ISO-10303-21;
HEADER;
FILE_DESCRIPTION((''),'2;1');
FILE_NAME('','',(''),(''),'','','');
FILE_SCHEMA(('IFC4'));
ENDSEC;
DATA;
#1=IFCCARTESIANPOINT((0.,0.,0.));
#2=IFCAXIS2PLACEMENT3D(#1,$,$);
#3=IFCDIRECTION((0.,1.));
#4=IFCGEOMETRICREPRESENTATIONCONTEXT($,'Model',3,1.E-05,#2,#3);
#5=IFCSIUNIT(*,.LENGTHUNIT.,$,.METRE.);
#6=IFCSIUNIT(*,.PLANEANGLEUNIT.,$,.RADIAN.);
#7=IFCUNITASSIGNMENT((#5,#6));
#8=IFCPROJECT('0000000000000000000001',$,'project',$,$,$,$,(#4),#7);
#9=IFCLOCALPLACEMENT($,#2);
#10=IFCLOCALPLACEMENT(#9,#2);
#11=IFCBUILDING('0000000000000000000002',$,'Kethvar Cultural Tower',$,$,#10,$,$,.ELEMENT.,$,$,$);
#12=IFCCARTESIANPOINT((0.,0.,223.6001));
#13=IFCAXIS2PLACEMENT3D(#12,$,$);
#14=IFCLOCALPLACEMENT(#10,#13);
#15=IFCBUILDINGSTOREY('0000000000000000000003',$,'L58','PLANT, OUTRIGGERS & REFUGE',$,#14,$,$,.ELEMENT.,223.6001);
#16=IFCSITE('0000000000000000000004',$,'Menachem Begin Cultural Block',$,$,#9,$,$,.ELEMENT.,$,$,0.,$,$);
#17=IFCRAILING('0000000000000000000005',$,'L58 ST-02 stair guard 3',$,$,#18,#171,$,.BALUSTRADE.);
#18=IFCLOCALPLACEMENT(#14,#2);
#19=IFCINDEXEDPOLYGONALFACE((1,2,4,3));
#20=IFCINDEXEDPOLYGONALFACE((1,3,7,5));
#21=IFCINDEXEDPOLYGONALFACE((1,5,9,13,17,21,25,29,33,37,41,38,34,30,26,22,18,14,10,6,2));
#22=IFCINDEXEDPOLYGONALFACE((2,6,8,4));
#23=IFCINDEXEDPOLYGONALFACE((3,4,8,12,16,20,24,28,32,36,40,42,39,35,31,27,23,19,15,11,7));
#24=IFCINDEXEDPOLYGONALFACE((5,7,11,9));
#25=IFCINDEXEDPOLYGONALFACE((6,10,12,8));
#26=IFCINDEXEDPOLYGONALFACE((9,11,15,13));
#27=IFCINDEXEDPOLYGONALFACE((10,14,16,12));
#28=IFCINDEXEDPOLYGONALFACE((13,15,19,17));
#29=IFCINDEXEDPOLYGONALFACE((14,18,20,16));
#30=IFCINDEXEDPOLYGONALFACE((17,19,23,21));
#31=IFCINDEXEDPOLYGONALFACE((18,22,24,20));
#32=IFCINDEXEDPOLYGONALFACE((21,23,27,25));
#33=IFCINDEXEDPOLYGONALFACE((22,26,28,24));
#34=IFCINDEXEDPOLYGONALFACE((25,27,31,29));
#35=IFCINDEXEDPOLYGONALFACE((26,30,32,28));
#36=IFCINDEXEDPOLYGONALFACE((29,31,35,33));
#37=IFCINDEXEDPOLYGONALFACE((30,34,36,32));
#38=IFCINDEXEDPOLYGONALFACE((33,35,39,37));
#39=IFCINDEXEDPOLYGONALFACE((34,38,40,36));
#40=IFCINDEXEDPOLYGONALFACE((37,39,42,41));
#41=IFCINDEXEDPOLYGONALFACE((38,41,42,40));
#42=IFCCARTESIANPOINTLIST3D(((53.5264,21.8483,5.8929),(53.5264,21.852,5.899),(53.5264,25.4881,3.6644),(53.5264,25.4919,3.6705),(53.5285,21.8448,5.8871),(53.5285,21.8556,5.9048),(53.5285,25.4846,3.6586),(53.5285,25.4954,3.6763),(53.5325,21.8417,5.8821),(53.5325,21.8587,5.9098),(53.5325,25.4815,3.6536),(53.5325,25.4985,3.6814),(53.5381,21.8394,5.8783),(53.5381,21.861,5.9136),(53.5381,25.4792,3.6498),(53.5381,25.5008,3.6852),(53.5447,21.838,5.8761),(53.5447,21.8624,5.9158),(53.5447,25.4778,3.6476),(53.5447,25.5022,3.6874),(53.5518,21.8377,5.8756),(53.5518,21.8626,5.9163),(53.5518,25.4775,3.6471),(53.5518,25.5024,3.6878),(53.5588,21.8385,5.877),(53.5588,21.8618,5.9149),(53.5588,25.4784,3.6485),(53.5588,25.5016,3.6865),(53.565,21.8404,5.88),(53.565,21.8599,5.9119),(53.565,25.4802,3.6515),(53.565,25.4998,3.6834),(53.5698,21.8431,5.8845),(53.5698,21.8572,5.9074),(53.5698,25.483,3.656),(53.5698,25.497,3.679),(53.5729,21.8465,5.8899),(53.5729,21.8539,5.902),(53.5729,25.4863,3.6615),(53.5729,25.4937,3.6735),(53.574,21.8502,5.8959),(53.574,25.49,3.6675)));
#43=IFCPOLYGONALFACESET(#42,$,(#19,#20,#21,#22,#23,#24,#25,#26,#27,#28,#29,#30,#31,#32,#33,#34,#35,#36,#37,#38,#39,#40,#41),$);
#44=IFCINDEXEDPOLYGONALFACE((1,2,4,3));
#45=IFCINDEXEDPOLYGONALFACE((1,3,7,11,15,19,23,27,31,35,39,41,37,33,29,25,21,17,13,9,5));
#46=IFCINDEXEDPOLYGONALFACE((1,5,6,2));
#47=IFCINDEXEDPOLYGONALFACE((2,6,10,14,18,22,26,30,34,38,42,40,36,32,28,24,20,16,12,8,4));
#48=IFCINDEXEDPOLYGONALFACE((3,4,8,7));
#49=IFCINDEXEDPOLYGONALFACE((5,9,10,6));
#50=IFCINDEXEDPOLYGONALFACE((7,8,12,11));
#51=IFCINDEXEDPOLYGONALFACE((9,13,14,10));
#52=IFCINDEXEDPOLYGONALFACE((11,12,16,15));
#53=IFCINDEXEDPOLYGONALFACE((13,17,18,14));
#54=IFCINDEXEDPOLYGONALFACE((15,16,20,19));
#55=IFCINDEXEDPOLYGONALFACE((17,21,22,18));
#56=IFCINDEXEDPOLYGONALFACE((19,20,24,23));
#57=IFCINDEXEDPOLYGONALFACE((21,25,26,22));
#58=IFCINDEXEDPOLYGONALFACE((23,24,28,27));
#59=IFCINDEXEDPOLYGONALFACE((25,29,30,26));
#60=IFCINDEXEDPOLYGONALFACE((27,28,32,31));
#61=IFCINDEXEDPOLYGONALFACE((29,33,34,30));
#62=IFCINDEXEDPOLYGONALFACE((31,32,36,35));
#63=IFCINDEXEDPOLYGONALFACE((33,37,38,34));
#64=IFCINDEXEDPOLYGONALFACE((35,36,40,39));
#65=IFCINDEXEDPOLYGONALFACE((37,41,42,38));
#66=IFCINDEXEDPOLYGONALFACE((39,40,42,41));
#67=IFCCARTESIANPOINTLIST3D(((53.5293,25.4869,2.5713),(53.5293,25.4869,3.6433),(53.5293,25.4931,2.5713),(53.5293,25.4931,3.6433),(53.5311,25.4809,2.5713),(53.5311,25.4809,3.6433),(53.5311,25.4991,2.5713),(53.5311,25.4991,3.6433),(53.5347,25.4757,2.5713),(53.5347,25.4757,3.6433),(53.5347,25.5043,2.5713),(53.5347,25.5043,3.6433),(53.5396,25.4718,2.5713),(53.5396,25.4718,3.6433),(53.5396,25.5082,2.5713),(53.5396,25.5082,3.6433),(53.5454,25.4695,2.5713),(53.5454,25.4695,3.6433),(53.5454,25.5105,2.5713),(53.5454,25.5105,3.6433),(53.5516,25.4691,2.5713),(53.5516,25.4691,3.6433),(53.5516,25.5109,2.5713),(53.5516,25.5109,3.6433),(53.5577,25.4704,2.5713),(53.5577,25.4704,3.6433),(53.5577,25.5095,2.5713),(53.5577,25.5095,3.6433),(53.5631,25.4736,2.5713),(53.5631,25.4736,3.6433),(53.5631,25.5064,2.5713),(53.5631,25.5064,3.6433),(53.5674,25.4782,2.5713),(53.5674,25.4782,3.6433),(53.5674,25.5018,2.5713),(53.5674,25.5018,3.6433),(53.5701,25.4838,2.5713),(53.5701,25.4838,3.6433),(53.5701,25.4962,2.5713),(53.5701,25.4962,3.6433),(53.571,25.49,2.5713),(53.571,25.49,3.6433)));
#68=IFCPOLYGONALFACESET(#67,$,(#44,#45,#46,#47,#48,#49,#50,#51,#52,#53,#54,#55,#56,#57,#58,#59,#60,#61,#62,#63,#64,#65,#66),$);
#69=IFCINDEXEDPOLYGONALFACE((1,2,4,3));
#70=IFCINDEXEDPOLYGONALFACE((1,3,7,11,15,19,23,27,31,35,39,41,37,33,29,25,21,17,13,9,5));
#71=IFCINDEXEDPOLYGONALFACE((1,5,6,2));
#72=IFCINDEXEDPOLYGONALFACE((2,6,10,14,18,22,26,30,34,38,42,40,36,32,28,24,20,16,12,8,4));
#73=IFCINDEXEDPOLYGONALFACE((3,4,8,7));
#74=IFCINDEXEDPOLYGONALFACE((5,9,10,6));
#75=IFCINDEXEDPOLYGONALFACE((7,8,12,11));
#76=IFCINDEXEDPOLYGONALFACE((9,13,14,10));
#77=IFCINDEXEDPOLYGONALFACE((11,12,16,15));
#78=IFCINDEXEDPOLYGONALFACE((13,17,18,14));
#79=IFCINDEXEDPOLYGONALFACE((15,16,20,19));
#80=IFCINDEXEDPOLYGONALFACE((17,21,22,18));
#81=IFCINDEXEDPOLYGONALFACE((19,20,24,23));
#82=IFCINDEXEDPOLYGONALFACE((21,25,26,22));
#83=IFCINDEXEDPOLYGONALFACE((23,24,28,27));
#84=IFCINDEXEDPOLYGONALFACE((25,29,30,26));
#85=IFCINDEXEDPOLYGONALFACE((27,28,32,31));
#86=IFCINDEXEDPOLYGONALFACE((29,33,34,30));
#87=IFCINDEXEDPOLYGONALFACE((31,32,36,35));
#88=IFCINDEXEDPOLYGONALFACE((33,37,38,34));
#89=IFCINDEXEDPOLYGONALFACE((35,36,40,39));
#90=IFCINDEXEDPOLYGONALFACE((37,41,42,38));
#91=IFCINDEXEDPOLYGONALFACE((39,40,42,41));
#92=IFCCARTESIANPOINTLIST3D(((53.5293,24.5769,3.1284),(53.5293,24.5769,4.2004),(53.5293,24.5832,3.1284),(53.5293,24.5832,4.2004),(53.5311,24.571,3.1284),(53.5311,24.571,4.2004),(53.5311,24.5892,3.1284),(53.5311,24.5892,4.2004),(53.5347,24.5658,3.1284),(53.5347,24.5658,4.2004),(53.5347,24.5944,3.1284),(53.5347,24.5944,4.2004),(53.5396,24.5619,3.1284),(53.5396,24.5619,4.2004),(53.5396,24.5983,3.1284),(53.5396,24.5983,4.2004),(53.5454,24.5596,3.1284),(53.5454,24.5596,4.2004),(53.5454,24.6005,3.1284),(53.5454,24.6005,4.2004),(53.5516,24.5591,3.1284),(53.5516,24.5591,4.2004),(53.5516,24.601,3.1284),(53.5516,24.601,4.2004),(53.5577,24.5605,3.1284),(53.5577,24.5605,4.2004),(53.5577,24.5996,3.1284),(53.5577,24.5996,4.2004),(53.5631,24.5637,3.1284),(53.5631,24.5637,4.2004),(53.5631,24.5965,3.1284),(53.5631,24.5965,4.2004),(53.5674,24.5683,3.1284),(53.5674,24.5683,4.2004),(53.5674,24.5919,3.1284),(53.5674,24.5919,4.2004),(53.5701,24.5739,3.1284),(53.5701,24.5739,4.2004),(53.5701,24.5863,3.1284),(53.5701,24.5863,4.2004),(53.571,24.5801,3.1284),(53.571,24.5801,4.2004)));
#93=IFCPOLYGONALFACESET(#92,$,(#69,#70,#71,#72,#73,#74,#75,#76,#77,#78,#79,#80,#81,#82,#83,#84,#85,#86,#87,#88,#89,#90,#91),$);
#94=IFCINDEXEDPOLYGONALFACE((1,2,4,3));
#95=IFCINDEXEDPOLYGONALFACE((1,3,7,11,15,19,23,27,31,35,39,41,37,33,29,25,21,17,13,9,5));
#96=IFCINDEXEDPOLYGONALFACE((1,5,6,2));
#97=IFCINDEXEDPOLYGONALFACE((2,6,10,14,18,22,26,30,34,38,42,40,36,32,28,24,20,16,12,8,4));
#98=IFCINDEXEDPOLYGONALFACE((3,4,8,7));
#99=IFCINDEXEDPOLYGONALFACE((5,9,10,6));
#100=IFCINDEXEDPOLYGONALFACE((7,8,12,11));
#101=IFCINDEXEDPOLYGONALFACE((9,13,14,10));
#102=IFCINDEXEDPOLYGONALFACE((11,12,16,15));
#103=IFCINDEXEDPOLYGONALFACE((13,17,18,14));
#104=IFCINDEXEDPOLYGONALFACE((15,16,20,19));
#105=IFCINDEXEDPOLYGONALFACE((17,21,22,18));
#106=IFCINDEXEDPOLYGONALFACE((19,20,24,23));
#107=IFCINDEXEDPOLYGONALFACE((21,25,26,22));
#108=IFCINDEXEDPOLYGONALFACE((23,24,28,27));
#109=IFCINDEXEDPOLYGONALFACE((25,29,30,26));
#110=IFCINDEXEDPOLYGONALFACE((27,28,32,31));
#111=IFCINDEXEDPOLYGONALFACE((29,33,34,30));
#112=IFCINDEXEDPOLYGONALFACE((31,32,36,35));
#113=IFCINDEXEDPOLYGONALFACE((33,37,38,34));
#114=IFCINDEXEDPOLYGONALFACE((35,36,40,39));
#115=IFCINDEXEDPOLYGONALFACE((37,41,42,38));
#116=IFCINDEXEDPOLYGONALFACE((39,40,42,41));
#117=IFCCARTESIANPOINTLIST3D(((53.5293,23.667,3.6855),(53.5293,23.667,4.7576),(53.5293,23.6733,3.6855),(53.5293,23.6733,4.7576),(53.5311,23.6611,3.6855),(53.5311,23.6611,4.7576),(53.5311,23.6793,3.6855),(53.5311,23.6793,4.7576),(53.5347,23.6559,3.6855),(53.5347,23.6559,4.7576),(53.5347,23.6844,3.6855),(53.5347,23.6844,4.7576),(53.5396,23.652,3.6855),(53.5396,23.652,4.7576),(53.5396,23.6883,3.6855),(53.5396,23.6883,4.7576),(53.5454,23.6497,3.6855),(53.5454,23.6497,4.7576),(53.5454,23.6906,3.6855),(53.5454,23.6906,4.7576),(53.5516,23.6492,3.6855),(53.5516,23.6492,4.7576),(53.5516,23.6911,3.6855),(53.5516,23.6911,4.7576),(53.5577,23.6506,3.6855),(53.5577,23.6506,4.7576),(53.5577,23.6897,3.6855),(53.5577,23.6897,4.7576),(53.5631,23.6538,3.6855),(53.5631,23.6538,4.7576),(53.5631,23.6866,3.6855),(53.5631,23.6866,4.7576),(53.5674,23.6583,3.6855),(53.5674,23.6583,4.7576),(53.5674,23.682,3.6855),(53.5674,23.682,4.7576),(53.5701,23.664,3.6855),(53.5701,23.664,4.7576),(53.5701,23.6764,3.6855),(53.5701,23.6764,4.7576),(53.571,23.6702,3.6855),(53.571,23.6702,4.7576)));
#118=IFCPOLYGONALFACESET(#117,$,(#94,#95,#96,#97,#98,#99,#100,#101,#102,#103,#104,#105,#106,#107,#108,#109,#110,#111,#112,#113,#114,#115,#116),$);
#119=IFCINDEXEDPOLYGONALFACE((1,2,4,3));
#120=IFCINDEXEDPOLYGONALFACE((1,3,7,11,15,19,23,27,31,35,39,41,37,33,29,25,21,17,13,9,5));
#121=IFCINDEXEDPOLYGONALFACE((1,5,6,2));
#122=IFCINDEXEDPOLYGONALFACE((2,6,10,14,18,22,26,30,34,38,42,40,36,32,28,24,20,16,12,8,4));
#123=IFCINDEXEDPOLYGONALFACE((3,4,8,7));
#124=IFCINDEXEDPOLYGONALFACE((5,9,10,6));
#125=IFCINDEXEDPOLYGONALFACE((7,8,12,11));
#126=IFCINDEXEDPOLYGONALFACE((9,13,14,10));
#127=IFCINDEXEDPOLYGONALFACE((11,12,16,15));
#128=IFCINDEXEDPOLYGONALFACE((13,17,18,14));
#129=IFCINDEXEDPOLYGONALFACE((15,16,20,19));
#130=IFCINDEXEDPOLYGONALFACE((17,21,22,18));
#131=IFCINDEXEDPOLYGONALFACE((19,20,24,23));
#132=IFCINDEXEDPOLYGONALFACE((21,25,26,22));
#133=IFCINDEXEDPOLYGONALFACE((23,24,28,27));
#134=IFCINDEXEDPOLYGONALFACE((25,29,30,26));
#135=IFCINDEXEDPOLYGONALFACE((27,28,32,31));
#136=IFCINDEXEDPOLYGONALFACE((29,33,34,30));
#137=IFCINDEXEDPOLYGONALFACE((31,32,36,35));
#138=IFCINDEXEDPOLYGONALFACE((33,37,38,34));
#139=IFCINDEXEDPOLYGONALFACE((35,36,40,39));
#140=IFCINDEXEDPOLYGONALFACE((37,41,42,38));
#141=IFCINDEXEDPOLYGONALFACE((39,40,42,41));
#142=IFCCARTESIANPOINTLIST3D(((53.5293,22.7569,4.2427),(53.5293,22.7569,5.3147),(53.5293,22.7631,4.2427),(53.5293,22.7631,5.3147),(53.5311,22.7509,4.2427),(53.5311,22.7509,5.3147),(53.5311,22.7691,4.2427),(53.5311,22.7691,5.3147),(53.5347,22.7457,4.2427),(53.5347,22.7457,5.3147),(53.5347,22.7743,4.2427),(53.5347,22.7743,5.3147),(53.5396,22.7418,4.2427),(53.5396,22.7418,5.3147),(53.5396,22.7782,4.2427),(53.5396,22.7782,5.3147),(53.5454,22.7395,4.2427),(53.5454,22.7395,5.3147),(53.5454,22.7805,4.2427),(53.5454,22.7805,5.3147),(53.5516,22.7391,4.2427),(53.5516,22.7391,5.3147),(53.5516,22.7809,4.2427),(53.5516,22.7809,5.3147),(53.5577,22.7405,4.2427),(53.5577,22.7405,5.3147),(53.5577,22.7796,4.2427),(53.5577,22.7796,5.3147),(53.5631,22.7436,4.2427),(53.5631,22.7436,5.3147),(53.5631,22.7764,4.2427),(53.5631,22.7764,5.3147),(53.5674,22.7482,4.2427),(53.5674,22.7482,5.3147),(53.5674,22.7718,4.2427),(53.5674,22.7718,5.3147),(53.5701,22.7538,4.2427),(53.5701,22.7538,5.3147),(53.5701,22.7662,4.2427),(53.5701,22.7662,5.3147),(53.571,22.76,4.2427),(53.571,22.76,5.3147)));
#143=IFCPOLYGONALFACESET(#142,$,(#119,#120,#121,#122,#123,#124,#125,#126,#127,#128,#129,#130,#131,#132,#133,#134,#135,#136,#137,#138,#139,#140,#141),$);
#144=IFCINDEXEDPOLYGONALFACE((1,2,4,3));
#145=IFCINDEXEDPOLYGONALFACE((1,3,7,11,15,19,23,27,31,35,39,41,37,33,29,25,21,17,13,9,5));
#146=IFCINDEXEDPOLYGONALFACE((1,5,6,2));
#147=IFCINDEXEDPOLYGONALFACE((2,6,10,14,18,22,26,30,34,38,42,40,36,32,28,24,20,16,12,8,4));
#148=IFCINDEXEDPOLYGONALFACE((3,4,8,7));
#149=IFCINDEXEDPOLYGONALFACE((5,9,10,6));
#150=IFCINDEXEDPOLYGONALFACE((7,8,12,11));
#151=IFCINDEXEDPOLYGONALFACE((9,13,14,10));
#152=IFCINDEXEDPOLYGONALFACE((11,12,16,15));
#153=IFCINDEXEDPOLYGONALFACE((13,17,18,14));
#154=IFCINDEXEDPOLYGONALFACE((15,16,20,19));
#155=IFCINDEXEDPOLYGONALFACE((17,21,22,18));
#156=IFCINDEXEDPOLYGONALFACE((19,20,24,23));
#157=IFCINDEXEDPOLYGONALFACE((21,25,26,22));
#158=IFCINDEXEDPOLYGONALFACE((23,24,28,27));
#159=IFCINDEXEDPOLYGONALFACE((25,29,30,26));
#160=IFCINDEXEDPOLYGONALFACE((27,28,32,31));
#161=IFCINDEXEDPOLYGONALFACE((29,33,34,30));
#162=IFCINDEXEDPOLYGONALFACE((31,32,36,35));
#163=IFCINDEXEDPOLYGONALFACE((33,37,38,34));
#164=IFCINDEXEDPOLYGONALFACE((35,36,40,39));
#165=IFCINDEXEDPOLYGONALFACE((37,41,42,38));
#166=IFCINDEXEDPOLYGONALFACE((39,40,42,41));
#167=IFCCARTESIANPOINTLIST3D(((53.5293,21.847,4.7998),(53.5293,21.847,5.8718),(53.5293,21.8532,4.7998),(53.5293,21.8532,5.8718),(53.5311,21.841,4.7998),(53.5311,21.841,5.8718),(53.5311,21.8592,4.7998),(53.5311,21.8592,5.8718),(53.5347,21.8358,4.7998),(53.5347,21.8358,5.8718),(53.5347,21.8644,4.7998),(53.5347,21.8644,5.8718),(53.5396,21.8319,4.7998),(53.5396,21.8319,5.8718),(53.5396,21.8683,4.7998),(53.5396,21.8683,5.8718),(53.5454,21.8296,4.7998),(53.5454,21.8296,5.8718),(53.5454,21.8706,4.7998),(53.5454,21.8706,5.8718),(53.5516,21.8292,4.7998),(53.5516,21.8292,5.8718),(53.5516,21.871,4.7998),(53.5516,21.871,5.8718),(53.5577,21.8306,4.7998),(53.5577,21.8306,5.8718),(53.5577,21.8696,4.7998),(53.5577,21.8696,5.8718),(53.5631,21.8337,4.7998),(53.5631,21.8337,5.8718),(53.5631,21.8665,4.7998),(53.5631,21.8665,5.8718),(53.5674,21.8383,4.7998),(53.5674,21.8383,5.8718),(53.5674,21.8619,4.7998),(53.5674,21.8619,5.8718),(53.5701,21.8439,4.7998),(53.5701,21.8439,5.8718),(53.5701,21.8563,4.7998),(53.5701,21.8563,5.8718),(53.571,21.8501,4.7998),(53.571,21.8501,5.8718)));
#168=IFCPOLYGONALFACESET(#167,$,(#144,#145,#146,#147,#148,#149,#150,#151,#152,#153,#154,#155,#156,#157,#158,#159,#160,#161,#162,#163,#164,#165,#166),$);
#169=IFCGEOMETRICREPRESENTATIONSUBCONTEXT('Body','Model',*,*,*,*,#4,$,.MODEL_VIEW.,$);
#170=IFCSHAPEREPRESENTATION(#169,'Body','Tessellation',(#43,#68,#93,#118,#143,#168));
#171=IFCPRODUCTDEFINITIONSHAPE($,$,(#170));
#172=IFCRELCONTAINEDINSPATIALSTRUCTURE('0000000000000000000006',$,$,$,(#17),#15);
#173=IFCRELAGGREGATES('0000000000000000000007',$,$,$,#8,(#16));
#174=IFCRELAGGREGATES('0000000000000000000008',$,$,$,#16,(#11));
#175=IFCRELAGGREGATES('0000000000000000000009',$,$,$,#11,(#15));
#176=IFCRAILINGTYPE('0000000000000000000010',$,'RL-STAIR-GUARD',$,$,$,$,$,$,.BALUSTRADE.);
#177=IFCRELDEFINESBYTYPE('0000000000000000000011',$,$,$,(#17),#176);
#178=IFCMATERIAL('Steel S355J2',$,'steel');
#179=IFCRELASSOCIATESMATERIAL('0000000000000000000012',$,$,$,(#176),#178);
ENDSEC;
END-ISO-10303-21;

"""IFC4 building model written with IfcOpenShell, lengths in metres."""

from ifc_helpers import new_model, si_unit, direction, frame, origin, origin_2d, place, context, subcontext, project, spatial, circle, extrude, material, type_object, element, save


model = new_model("IFC4")

# Units and contexts
model_context = context("Model", 3, precision=1e-05, world=origin(), true_north=direction((0.0, 1.0)))
body_context = subcontext(model_context, "Body", "Model", "MODEL_VIEW")
ifc_project = project(units=[si_unit("LENGTHUNIT", "METRE"), si_unit("PLANEANGLEUNIT", "RADIAN")], contexts=[model_context])

# Site, building, storey
site_placement = place(None, origin())
site = spatial("IfcSite", under=ifc_project, at=site_placement, Name="Menachem Begin Cultural Block", CompositionType="ELEMENT", RefElevation=0.0)
building_placement = place(site_placement, origin())
building = spatial("IfcBuilding", under=site, at=building_placement, Name="Kethvar Cultural Tower", CompositionType="ELEMENT")
storey_placement = place(building_placement, frame((0.0, 0.0, 223.6001)))
storey = spatial("IfcBuildingStorey", under=building, at=storey_placement, Name="L58", Description="PLANT, OUTRIGGERS & REFUGE", CompositionType="ELEMENT", Elevation=223.6001)

# Railing
ifc_material_1 = material(Name="Steel S355J2", Category="steel")
railing_type_1 = type_object("IfcRailingType", Name="RL-STAIR-GUARD", PredefinedType="BALUSTRADE", material=ifc_material_1)
railing_1_placement = place(storey_placement, frame((53.55, 25.49, 2.5713)))
element("IfcRailing", 1, at=railing_1_placement, inside=storey, type_object=railing_type_1, Name="L58 ST-02 stair guard 3", PredefinedType="BALUSTRADE", context=body_context, shape_type="SweptSolid", body=[
    extrude(circle(Radius=0.0239, at=origin_2d()), frame((0.0, 0.0, 1.0962), z_axis=(0.0, -0.85285, 0.522156), x_axis=(1.0, 0.0, 0.0)), (0.0, 0.0, 1.0), 4.2678),
    extrude(circle(Radius=0.021, at=origin_2d()), origin(), (0.0, 0.0, 1.0), 1.072),
    extrude(circle(Radius=0.021, at=origin_2d()), frame((0.0, -0.9099, 0.5571)), (0.0, 0.0, 1.0), 1.072),
    extrude(circle(Radius=0.021, at=origin_2d()), frame((0.0, -1.8198, 1.1143)), (0.0, 0.0, 1.0), 1.072),
    extrude(circle(Radius=0.021, at=origin_2d()), frame((0.0, -2.73, 1.6714)), (0.0, 0.0, 1.0), 1.072),
    extrude(circle(Radius=0.021, at=origin_2d()), frame((0.0, -3.6399, 2.2285)), (0.0, 0.0, 1.0), 1.072),
])

save(model, "model.ifc")
